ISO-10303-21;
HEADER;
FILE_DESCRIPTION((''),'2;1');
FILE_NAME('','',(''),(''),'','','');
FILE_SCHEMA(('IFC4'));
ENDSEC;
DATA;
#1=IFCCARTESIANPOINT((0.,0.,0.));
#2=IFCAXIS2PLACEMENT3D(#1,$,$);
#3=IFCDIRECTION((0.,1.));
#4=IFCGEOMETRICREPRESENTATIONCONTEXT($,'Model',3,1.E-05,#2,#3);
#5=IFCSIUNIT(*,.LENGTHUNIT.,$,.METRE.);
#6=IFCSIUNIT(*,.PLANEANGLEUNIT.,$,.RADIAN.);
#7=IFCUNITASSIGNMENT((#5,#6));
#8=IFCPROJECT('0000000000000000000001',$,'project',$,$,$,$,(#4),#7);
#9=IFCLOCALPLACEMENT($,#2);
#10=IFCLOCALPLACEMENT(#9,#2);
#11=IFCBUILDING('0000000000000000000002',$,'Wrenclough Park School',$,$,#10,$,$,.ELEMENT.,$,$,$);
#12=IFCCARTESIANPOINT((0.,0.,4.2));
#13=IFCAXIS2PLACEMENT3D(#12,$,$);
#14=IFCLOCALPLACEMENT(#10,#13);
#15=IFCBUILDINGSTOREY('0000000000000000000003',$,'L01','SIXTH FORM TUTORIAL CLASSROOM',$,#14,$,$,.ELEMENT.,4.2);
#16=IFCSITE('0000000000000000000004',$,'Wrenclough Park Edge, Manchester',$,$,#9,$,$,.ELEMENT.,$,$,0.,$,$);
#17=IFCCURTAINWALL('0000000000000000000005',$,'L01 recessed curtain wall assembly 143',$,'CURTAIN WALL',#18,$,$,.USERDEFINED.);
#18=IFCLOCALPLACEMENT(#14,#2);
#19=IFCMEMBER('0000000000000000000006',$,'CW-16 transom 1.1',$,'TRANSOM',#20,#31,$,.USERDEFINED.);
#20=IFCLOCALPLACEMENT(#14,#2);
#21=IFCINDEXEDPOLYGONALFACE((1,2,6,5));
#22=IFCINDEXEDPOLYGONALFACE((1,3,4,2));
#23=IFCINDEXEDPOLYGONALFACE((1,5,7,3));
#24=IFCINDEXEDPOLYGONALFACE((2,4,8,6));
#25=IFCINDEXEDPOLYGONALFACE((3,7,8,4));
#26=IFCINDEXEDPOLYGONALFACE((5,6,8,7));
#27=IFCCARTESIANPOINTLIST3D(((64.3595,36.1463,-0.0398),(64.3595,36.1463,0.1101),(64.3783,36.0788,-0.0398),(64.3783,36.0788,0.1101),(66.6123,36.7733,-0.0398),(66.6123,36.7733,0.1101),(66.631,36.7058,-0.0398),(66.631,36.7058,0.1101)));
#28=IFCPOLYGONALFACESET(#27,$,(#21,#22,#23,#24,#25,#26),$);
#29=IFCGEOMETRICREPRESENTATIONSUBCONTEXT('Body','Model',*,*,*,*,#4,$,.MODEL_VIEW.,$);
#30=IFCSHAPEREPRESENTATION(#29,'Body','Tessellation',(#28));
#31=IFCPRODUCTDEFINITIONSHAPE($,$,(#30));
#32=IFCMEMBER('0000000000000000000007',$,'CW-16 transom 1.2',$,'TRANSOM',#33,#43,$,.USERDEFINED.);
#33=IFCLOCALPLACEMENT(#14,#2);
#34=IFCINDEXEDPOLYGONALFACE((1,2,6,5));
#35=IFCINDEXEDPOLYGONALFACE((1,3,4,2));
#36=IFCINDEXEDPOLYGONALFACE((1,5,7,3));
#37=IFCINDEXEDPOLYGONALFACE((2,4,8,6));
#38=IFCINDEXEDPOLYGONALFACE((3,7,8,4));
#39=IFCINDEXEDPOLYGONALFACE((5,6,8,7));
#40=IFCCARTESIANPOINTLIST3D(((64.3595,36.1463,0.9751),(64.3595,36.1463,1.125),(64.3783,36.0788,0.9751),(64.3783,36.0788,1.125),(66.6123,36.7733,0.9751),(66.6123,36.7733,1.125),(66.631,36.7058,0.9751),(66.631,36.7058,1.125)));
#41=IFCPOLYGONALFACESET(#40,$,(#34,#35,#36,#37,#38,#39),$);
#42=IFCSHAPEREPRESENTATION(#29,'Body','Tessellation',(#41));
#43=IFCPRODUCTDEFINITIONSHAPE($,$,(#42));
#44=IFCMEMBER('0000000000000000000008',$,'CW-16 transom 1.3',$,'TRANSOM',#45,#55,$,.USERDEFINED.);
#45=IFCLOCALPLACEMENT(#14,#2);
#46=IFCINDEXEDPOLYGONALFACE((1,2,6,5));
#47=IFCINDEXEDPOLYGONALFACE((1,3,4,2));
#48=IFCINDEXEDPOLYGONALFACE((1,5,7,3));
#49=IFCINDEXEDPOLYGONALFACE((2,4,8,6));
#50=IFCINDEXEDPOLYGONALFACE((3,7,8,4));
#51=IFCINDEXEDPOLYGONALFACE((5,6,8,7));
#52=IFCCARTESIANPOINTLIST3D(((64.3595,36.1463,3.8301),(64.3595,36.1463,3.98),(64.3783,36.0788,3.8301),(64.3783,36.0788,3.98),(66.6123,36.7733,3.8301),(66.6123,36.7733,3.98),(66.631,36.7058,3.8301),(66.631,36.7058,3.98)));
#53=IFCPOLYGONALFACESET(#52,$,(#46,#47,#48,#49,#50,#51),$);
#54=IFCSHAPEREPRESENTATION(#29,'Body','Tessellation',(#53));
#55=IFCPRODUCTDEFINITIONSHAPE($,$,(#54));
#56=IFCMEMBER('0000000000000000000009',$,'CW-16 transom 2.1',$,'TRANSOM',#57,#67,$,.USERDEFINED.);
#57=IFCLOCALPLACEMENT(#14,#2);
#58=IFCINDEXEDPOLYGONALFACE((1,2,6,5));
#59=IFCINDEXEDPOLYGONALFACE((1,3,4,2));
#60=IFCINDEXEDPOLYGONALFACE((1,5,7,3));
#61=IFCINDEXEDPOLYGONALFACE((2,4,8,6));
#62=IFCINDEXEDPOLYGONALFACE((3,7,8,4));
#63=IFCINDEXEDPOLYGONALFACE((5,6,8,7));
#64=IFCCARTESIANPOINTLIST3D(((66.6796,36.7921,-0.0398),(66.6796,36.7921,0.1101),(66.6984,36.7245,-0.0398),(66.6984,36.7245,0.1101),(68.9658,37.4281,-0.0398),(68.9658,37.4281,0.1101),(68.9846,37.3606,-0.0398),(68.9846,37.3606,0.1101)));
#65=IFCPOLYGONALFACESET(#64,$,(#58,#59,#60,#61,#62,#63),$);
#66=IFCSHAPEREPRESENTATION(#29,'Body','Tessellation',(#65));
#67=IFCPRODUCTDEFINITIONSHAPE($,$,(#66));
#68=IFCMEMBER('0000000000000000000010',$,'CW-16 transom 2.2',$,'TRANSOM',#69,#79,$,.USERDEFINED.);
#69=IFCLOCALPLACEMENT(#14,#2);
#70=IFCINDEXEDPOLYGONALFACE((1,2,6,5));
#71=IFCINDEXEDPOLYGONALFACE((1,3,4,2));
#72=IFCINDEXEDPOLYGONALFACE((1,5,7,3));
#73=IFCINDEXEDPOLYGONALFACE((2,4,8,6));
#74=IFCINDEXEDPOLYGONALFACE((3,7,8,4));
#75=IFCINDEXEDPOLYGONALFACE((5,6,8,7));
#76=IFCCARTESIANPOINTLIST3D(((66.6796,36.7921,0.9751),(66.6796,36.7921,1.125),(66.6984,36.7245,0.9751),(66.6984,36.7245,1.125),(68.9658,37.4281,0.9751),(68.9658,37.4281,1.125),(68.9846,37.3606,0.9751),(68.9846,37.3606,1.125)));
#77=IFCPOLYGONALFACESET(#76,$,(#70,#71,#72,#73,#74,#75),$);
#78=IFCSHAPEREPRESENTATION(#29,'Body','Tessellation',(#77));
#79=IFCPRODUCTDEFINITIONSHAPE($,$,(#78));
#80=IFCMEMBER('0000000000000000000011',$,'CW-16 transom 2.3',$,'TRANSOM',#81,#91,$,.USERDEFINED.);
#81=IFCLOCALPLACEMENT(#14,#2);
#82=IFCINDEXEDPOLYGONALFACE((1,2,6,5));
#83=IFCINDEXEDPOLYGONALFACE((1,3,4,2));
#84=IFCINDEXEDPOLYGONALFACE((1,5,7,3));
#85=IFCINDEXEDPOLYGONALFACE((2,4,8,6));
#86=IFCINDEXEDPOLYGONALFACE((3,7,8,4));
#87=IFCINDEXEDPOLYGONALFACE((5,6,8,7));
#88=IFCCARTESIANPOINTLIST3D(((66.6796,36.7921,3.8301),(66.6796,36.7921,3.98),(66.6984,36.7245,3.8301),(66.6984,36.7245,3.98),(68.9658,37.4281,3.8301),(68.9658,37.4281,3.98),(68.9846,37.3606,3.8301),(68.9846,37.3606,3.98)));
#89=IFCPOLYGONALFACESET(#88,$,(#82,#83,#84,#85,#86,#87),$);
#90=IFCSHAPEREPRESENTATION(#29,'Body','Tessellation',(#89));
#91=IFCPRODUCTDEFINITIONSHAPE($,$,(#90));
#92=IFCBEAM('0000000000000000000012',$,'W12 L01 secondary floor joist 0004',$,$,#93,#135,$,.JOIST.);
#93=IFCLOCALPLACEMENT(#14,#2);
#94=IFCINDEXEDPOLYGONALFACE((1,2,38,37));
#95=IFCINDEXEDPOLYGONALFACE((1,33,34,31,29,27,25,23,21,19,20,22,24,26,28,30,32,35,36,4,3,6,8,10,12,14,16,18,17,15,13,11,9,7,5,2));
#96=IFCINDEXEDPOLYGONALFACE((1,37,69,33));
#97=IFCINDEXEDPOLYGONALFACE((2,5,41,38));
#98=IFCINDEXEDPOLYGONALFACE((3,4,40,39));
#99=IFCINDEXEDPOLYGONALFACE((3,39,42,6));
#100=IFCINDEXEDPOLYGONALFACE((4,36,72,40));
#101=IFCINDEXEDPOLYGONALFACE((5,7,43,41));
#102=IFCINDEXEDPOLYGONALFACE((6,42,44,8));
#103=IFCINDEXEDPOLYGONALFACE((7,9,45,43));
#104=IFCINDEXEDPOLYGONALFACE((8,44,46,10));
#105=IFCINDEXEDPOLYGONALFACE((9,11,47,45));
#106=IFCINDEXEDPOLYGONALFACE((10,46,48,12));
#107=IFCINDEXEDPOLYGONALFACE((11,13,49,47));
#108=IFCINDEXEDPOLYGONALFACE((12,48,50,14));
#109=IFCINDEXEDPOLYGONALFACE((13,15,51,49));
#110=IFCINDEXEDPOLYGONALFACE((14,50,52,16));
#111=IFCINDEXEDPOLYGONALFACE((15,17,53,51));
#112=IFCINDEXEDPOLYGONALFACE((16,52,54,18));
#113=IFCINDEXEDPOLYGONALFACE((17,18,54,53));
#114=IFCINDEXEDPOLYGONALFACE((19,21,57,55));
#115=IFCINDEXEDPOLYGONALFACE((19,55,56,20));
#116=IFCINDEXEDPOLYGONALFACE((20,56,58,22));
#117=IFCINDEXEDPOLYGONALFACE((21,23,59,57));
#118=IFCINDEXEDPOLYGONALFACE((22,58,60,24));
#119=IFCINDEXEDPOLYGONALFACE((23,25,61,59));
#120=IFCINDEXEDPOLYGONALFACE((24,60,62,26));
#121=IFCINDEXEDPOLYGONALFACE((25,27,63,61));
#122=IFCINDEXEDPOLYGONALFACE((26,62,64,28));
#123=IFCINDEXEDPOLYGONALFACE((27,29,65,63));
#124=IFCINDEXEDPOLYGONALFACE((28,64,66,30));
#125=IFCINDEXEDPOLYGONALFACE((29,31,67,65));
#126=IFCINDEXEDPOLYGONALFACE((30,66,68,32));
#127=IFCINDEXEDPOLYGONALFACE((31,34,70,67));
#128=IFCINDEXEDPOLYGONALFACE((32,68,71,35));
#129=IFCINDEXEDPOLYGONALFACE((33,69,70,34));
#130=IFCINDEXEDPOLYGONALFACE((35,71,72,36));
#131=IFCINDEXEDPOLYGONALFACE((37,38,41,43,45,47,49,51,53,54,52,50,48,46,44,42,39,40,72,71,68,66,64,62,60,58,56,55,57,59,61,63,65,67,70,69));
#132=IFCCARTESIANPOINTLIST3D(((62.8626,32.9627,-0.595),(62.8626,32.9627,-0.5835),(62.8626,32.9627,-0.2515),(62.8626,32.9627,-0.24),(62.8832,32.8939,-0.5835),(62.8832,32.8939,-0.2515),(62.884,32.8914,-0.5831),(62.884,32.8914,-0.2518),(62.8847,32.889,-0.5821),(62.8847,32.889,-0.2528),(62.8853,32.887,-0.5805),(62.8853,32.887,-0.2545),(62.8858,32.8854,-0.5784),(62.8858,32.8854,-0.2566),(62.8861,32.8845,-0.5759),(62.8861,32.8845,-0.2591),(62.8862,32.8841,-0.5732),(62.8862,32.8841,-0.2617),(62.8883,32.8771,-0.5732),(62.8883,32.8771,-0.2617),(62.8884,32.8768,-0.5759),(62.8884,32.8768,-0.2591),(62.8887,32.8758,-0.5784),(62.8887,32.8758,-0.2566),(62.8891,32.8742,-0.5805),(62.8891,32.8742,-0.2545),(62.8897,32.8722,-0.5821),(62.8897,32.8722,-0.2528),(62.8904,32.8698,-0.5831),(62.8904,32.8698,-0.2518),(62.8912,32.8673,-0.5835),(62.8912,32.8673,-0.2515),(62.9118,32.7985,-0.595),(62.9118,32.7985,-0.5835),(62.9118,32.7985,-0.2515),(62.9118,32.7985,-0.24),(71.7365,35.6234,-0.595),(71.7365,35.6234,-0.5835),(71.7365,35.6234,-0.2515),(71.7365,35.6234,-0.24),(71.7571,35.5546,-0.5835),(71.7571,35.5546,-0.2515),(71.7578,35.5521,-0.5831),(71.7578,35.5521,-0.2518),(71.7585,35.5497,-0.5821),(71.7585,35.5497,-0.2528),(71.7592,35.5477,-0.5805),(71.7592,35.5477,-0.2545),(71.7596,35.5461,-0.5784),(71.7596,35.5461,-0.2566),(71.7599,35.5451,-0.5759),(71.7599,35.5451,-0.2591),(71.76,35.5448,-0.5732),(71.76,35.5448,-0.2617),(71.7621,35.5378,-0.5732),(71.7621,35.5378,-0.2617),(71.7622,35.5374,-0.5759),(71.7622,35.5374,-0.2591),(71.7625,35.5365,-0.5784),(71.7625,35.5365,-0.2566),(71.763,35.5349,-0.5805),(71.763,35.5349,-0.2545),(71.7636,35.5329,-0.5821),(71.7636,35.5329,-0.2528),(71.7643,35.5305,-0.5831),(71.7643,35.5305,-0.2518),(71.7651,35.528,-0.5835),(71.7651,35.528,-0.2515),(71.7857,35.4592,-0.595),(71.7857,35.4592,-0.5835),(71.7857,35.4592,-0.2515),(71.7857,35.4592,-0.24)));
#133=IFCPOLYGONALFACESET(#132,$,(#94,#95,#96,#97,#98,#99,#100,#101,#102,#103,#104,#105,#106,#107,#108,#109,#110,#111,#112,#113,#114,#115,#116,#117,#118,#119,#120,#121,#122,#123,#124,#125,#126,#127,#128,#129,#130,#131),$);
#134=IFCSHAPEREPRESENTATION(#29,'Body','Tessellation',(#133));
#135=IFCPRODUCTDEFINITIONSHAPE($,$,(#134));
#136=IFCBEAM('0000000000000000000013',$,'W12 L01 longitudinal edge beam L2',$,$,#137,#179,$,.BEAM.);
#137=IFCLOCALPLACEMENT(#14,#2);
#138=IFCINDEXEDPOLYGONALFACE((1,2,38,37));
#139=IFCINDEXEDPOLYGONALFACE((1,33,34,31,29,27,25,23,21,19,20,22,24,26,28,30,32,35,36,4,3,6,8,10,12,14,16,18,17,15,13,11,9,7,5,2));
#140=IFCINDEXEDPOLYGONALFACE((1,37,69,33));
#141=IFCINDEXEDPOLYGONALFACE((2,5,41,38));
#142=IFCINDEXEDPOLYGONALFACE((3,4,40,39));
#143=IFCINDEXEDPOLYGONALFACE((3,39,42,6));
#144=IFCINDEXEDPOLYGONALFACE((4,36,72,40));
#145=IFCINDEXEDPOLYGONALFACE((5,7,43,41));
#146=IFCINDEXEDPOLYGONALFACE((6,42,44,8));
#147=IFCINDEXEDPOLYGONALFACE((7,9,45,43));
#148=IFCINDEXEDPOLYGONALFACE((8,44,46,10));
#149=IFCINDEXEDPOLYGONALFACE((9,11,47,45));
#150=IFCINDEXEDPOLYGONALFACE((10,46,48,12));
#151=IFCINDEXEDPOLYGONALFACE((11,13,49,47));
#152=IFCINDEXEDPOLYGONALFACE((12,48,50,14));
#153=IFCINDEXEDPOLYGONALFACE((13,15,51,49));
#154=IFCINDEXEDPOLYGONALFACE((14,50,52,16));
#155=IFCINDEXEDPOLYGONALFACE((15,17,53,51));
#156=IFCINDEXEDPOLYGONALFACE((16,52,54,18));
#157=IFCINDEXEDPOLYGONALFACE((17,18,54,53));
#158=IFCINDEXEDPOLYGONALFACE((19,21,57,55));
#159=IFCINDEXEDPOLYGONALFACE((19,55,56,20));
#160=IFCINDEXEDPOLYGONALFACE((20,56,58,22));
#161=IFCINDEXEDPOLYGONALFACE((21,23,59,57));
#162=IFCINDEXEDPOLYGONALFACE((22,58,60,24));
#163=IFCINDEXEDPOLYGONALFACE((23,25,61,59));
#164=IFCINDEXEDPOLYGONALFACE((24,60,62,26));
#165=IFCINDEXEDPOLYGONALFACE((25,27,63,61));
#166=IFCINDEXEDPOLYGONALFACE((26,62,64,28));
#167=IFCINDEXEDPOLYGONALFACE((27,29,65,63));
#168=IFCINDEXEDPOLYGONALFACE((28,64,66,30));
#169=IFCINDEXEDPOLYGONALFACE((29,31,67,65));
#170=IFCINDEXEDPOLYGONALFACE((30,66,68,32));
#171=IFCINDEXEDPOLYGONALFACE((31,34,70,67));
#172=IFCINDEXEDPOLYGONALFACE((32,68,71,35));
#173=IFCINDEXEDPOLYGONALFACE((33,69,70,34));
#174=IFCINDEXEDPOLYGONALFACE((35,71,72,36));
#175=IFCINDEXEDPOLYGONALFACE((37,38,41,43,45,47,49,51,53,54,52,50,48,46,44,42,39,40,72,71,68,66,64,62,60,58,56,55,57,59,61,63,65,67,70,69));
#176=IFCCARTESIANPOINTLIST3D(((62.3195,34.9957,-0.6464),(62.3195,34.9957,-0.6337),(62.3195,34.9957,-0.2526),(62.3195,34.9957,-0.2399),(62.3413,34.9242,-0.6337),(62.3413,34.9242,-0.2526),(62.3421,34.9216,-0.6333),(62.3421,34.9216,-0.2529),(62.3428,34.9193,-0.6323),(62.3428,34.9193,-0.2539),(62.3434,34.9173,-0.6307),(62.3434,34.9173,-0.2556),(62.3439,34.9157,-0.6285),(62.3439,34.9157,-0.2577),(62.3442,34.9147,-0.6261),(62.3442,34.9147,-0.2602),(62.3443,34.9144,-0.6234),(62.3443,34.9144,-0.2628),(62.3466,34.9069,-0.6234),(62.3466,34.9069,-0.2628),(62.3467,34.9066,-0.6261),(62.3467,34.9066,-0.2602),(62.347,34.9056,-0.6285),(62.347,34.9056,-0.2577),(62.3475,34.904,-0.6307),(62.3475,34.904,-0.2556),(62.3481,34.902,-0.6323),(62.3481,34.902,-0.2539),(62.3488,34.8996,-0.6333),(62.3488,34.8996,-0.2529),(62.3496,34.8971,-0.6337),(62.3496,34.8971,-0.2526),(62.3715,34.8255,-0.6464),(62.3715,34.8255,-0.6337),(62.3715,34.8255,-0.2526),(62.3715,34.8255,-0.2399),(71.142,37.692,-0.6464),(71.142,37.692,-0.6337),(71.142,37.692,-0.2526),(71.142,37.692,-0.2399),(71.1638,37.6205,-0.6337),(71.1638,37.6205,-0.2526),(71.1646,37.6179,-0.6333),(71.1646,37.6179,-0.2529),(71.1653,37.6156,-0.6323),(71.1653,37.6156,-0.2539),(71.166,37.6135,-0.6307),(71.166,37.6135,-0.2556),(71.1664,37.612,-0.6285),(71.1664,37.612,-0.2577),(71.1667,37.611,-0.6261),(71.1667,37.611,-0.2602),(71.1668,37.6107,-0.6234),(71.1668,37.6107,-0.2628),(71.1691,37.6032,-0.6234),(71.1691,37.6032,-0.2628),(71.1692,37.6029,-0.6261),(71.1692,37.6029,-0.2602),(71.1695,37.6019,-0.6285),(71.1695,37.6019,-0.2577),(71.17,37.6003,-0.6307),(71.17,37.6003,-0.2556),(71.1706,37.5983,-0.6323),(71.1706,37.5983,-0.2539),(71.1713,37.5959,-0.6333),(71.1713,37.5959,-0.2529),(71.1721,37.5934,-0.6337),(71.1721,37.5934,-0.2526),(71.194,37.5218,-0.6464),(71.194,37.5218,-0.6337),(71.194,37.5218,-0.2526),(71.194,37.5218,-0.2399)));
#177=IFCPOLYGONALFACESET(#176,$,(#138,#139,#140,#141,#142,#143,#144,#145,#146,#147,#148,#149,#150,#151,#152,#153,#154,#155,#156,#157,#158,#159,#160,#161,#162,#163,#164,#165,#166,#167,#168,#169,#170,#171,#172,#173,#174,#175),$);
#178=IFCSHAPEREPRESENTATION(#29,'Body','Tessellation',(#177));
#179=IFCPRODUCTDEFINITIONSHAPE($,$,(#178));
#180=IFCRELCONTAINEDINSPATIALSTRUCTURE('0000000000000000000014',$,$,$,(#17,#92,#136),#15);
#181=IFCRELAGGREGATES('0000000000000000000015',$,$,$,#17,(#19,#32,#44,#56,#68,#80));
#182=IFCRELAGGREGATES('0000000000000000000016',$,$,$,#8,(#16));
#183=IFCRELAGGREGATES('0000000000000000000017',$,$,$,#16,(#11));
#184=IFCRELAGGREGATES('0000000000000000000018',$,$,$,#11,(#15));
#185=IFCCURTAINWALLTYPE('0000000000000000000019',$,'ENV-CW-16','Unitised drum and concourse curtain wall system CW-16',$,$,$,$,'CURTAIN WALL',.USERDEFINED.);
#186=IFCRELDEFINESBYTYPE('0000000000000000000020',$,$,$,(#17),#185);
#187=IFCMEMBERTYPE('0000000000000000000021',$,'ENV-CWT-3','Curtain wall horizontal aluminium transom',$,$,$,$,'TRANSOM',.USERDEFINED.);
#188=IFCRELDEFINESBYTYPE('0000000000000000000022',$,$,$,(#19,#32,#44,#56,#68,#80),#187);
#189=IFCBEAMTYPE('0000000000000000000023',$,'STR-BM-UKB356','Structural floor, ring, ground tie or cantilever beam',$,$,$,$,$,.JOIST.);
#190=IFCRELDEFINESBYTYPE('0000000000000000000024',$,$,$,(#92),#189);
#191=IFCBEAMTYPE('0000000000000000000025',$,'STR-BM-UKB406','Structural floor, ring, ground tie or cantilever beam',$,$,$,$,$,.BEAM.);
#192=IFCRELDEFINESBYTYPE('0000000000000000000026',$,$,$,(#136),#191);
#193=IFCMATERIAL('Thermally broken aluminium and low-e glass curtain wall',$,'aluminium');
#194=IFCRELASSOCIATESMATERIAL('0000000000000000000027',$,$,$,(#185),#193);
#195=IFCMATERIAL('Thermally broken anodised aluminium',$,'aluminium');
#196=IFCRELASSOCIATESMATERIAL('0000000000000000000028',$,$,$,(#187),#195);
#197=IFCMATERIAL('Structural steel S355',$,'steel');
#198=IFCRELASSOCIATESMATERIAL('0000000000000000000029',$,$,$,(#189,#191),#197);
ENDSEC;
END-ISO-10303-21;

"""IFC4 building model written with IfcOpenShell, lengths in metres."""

from ifc_helpers import new_model, si_unit, direction, frame, origin, origin_2d, place, context, subcontext, project, spatial, rectangle, i_section, extrude, material, material_profile, profile_set, type_object, element, aggregate, save


model = new_model("IFC4")

# Units and contexts
model_context = context("Model", 3, precision=1e-05, world=origin(), true_north=direction((0.0, 1.0)))
body_context = subcontext(model_context, "Body", "Model", "MODEL_VIEW")
ifc_project = project(units=[si_unit("LENGTHUNIT", "METRE"), si_unit("PLANEANGLEUNIT", "RADIAN")], contexts=[model_context])

# Site, building, storey
site_placement = place(None, origin())
site = spatial("IfcSite", under=ifc_project, at=site_placement, Name="Wrenclough Park Edge, Manchester", CompositionType="ELEMENT", RefElevation=0.0)
building_placement = place(site_placement, origin())
building = spatial("IfcBuilding", under=site, at=building_placement, Name="Wrenclough Park School", CompositionType="ELEMENT")
storey_placement = place(building_placement, frame((0.0, 0.0, 4.2)))
storey = spatial("IfcBuildingStorey", under=building, at=storey_placement, Name="L01", Description="SIXTH FORM TUTORIAL CLASSROOM", CompositionType="ELEMENT", Elevation=4.2)

# Shared definitions
ifc_material_1 = material(Name="Structural steel S355", Category="steel")

# Curtain wall
ifc_material_2 = material(Name="Thermally broken aluminium and low-e glass curtain wall", Category="aluminium")
ifc_material_3 = material(Name="Thermally broken anodised aluminium", Category="aluminium")
curtain_wall_type_1 = type_object("IfcCurtainWallType", Name="ENV-CW-16", Description="Unitised drum and concourse curtain wall system CW-16", ElementType="CURTAIN WALL", PredefinedType="USERDEFINED", material=ifc_material_2)
curtain_wall_1_placement = place(storey_placement, origin())
curtain_wall_1 = element("IfcCurtainWall", 1, at=curtain_wall_1_placement, inside=storey, type_object=curtain_wall_type_1, Name="L01 recessed curtain wall assembly 143", ObjectType="CURTAIN WALL", PredefinedType="USERDEFINED")

# Members
ifc_material_profile_1 = material_profile(ifc_material_3, rectangle(XDim=0.0701, YDim=0.1499, at=origin_2d()), Name="AL TRANSOM 70x150")
ifc_profile_set_1 = profile_set([ifc_material_profile_1], Name="Thermally broken anodised aluminium")
member_type_1 = type_object("IfcMemberType", Name="ENV-CWT-3", Description="Curtain wall horizontal aluminium transom", ElementType="TRANSOM", PredefinedType="USERDEFINED", material=ifc_profile_set_1)
member_1_placement = place(storey_placement, frame((64.3689, 36.1125, 0.0352), z_axis=(0.963385, 0.268123, 0.0), x_axis=(-0.268123, 0.963385, 0.0)))
member_1 = element("IfcMember", 2, at=member_1_placement, type_object=member_type_1, Name="CW-16 transom 1.1", ObjectType="TRANSOM", PredefinedType="USERDEFINED", context=body_context, shape_type="SweptSolid", body=[
    extrude(rectangle(XDim=0.0701, YDim=0.1499, at=origin_2d()), origin(), (0.0, 0.0, 1.0), 2.3384),
])
member_2_placement = place(storey_placement, frame((64.3689, 36.1125, 1.05), z_axis=(0.963385, 0.268123, 0.0), x_axis=(-0.268123, 0.963385, 0.0)))
member_2 = element("IfcMember", 3, at=member_2_placement, type_object=member_type_1, Name="CW-16 transom 1.2", ObjectType="TRANSOM", PredefinedType="USERDEFINED", context=body_context, shape_type="SweptSolid", body=[
    extrude(rectangle(XDim=0.0701, YDim=0.1499, at=origin_2d()), origin(), (0.0, 0.0, 1.0), 2.3384),
])
member_3_placement = place(storey_placement, frame((64.3689, 36.1125, 3.905), z_axis=(0.963385, 0.268123, 0.0), x_axis=(-0.268123, 0.963385, 0.0)))
member_3 = element("IfcMember", 4, at=member_3_placement, type_object=member_type_1, Name="CW-16 transom 1.3", ObjectType="TRANSOM", PredefinedType="USERDEFINED", context=body_context, shape_type="SweptSolid", body=[
    extrude(rectangle(XDim=0.0701, YDim=0.1499, at=origin_2d()), origin(), (0.0, 0.0, 1.0), 2.3384),
])
member_4_placement = place(storey_placement, frame((66.689, 36.7583, 0.0352), z_axis=(0.963415, 0.268015, 0.0), x_axis=(-0.268015, 0.963415, 0.0)))
member_4 = element("IfcMember", 5, at=member_4_placement, type_object=member_type_1, Name="CW-16 transom 2.1", ObjectType="TRANSOM", PredefinedType="USERDEFINED", context=body_context, shape_type="SweptSolid", body=[
    extrude(rectangle(XDim=0.0701, YDim=0.1499, at=origin_2d()), origin(), (0.0, 0.0, 1.0), 2.373),
])
member_5_placement = place(storey_placement, frame((66.689, 36.7583, 1.05), z_axis=(0.963415, 0.268015, 0.0), x_axis=(-0.268015, 0.963415, 0.0)))
member_5 = element("IfcMember", 6, at=member_5_placement, type_object=member_type_1, Name="CW-16 transom 2.2", ObjectType="TRANSOM", PredefinedType="USERDEFINED", context=body_context, shape_type="SweptSolid", body=[
    extrude(rectangle(XDim=0.0701, YDim=0.1499, at=origin_2d()), origin(), (0.0, 0.0, 1.0), 2.373),
])
member_6_placement = place(storey_placement, frame((66.689, 36.7583, 3.905), z_axis=(0.963415, 0.268015, 0.0), x_axis=(-0.268015, 0.963415, 0.0)))
member_6 = element("IfcMember", 7, at=member_6_placement, type_object=member_type_1, Name="CW-16 transom 2.3", ObjectType="TRANSOM", PredefinedType="USERDEFINED", context=body_context, shape_type="SweptSolid", body=[
    extrude(rectangle(XDim=0.0701, YDim=0.1499, at=origin_2d()), origin(), (0.0, 0.0, 1.0), 2.373),
])

# Beams
ifc_material_profile_2 = material_profile(ifc_material_1, i_section(OverallWidth=0.1714, OverallDepth=0.355, WebThickness=0.0073, FlangeThickness=0.0115, FilletRadius=0.0103, at=origin_2d()), Name="UKB 356x171x51")
ifc_profile_set_2 = profile_set([ifc_material_profile_2], Name="Structural steel S355")
beam_type_1 = type_object("IfcBeamType", Name="STR-BM-UKB356", Description="Structural floor, ring, ground tie or cantilever beam", PredefinedType="JOIST", material=ifc_profile_set_2)
beam_1_placement = place(storey_placement, frame((62.8872, 32.8806, -0.4175), z_axis=(0.957871, 0.2872, 0.0), x_axis=(-0.2872, 0.957871, 0.0)))
element("IfcBeam", 8, at=beam_1_placement, inside=storey, type_object=beam_type_1, Name="W12 L01 secondary floor joist 0004", PredefinedType="JOIST", context=body_context, shape_type="SweptSolid", body=[
    extrude(i_section(OverallWidth=0.1714, OverallDepth=0.355, WebThickness=0.0073, FlangeThickness=0.0115, FilletRadius=0.0103, at=origin_2d()), origin(), (0.0, 0.0, 1.0), 9.2642),
])
ifc_material_profile_3 = material_profile(ifc_material_1, i_section(OverallWidth=0.178, OverallDepth=0.4065, WebThickness=0.0078, FlangeThickness=0.0127, FilletRadius=0.0103, at=origin_2d()), Name="UKB 406x178x60")
ifc_profile_set_3 = profile_set([ifc_material_profile_3], Name="Structural steel S355")
beam_type_2 = type_object("IfcBeamType", Name="STR-BM-UKB406", Description="Structural floor, ring, ground tie or cantilever beam", PredefinedType="BEAM", material=ifc_profile_set_3)
beam_2_placement = place(storey_placement, frame((62.3455, 34.9106, -0.4431), z_axis=(0.956336, 0.29227, 0.0), x_axis=(-0.29227, 0.956336, 0.0)))
element("IfcBeam", 9, at=beam_2_placement, inside=storey, type_object=beam_type_2, Name="W12 L01 longitudinal edge beam L2", PredefinedType="BEAM", context=body_context, shape_type="SweptSolid", body=[
    extrude(i_section(OverallWidth=0.178, OverallDepth=0.4065, WebThickness=0.0078, FlangeThickness=0.0127, FilletRadius=0.0103, at=origin_2d()), origin(), (0.0, 0.0, 1.0), 9.2253),
])

aggregate(curtain_wall_1, [member_1, member_2, member_3, member_4, member_5, member_6])

save(model, "model.ifc")
